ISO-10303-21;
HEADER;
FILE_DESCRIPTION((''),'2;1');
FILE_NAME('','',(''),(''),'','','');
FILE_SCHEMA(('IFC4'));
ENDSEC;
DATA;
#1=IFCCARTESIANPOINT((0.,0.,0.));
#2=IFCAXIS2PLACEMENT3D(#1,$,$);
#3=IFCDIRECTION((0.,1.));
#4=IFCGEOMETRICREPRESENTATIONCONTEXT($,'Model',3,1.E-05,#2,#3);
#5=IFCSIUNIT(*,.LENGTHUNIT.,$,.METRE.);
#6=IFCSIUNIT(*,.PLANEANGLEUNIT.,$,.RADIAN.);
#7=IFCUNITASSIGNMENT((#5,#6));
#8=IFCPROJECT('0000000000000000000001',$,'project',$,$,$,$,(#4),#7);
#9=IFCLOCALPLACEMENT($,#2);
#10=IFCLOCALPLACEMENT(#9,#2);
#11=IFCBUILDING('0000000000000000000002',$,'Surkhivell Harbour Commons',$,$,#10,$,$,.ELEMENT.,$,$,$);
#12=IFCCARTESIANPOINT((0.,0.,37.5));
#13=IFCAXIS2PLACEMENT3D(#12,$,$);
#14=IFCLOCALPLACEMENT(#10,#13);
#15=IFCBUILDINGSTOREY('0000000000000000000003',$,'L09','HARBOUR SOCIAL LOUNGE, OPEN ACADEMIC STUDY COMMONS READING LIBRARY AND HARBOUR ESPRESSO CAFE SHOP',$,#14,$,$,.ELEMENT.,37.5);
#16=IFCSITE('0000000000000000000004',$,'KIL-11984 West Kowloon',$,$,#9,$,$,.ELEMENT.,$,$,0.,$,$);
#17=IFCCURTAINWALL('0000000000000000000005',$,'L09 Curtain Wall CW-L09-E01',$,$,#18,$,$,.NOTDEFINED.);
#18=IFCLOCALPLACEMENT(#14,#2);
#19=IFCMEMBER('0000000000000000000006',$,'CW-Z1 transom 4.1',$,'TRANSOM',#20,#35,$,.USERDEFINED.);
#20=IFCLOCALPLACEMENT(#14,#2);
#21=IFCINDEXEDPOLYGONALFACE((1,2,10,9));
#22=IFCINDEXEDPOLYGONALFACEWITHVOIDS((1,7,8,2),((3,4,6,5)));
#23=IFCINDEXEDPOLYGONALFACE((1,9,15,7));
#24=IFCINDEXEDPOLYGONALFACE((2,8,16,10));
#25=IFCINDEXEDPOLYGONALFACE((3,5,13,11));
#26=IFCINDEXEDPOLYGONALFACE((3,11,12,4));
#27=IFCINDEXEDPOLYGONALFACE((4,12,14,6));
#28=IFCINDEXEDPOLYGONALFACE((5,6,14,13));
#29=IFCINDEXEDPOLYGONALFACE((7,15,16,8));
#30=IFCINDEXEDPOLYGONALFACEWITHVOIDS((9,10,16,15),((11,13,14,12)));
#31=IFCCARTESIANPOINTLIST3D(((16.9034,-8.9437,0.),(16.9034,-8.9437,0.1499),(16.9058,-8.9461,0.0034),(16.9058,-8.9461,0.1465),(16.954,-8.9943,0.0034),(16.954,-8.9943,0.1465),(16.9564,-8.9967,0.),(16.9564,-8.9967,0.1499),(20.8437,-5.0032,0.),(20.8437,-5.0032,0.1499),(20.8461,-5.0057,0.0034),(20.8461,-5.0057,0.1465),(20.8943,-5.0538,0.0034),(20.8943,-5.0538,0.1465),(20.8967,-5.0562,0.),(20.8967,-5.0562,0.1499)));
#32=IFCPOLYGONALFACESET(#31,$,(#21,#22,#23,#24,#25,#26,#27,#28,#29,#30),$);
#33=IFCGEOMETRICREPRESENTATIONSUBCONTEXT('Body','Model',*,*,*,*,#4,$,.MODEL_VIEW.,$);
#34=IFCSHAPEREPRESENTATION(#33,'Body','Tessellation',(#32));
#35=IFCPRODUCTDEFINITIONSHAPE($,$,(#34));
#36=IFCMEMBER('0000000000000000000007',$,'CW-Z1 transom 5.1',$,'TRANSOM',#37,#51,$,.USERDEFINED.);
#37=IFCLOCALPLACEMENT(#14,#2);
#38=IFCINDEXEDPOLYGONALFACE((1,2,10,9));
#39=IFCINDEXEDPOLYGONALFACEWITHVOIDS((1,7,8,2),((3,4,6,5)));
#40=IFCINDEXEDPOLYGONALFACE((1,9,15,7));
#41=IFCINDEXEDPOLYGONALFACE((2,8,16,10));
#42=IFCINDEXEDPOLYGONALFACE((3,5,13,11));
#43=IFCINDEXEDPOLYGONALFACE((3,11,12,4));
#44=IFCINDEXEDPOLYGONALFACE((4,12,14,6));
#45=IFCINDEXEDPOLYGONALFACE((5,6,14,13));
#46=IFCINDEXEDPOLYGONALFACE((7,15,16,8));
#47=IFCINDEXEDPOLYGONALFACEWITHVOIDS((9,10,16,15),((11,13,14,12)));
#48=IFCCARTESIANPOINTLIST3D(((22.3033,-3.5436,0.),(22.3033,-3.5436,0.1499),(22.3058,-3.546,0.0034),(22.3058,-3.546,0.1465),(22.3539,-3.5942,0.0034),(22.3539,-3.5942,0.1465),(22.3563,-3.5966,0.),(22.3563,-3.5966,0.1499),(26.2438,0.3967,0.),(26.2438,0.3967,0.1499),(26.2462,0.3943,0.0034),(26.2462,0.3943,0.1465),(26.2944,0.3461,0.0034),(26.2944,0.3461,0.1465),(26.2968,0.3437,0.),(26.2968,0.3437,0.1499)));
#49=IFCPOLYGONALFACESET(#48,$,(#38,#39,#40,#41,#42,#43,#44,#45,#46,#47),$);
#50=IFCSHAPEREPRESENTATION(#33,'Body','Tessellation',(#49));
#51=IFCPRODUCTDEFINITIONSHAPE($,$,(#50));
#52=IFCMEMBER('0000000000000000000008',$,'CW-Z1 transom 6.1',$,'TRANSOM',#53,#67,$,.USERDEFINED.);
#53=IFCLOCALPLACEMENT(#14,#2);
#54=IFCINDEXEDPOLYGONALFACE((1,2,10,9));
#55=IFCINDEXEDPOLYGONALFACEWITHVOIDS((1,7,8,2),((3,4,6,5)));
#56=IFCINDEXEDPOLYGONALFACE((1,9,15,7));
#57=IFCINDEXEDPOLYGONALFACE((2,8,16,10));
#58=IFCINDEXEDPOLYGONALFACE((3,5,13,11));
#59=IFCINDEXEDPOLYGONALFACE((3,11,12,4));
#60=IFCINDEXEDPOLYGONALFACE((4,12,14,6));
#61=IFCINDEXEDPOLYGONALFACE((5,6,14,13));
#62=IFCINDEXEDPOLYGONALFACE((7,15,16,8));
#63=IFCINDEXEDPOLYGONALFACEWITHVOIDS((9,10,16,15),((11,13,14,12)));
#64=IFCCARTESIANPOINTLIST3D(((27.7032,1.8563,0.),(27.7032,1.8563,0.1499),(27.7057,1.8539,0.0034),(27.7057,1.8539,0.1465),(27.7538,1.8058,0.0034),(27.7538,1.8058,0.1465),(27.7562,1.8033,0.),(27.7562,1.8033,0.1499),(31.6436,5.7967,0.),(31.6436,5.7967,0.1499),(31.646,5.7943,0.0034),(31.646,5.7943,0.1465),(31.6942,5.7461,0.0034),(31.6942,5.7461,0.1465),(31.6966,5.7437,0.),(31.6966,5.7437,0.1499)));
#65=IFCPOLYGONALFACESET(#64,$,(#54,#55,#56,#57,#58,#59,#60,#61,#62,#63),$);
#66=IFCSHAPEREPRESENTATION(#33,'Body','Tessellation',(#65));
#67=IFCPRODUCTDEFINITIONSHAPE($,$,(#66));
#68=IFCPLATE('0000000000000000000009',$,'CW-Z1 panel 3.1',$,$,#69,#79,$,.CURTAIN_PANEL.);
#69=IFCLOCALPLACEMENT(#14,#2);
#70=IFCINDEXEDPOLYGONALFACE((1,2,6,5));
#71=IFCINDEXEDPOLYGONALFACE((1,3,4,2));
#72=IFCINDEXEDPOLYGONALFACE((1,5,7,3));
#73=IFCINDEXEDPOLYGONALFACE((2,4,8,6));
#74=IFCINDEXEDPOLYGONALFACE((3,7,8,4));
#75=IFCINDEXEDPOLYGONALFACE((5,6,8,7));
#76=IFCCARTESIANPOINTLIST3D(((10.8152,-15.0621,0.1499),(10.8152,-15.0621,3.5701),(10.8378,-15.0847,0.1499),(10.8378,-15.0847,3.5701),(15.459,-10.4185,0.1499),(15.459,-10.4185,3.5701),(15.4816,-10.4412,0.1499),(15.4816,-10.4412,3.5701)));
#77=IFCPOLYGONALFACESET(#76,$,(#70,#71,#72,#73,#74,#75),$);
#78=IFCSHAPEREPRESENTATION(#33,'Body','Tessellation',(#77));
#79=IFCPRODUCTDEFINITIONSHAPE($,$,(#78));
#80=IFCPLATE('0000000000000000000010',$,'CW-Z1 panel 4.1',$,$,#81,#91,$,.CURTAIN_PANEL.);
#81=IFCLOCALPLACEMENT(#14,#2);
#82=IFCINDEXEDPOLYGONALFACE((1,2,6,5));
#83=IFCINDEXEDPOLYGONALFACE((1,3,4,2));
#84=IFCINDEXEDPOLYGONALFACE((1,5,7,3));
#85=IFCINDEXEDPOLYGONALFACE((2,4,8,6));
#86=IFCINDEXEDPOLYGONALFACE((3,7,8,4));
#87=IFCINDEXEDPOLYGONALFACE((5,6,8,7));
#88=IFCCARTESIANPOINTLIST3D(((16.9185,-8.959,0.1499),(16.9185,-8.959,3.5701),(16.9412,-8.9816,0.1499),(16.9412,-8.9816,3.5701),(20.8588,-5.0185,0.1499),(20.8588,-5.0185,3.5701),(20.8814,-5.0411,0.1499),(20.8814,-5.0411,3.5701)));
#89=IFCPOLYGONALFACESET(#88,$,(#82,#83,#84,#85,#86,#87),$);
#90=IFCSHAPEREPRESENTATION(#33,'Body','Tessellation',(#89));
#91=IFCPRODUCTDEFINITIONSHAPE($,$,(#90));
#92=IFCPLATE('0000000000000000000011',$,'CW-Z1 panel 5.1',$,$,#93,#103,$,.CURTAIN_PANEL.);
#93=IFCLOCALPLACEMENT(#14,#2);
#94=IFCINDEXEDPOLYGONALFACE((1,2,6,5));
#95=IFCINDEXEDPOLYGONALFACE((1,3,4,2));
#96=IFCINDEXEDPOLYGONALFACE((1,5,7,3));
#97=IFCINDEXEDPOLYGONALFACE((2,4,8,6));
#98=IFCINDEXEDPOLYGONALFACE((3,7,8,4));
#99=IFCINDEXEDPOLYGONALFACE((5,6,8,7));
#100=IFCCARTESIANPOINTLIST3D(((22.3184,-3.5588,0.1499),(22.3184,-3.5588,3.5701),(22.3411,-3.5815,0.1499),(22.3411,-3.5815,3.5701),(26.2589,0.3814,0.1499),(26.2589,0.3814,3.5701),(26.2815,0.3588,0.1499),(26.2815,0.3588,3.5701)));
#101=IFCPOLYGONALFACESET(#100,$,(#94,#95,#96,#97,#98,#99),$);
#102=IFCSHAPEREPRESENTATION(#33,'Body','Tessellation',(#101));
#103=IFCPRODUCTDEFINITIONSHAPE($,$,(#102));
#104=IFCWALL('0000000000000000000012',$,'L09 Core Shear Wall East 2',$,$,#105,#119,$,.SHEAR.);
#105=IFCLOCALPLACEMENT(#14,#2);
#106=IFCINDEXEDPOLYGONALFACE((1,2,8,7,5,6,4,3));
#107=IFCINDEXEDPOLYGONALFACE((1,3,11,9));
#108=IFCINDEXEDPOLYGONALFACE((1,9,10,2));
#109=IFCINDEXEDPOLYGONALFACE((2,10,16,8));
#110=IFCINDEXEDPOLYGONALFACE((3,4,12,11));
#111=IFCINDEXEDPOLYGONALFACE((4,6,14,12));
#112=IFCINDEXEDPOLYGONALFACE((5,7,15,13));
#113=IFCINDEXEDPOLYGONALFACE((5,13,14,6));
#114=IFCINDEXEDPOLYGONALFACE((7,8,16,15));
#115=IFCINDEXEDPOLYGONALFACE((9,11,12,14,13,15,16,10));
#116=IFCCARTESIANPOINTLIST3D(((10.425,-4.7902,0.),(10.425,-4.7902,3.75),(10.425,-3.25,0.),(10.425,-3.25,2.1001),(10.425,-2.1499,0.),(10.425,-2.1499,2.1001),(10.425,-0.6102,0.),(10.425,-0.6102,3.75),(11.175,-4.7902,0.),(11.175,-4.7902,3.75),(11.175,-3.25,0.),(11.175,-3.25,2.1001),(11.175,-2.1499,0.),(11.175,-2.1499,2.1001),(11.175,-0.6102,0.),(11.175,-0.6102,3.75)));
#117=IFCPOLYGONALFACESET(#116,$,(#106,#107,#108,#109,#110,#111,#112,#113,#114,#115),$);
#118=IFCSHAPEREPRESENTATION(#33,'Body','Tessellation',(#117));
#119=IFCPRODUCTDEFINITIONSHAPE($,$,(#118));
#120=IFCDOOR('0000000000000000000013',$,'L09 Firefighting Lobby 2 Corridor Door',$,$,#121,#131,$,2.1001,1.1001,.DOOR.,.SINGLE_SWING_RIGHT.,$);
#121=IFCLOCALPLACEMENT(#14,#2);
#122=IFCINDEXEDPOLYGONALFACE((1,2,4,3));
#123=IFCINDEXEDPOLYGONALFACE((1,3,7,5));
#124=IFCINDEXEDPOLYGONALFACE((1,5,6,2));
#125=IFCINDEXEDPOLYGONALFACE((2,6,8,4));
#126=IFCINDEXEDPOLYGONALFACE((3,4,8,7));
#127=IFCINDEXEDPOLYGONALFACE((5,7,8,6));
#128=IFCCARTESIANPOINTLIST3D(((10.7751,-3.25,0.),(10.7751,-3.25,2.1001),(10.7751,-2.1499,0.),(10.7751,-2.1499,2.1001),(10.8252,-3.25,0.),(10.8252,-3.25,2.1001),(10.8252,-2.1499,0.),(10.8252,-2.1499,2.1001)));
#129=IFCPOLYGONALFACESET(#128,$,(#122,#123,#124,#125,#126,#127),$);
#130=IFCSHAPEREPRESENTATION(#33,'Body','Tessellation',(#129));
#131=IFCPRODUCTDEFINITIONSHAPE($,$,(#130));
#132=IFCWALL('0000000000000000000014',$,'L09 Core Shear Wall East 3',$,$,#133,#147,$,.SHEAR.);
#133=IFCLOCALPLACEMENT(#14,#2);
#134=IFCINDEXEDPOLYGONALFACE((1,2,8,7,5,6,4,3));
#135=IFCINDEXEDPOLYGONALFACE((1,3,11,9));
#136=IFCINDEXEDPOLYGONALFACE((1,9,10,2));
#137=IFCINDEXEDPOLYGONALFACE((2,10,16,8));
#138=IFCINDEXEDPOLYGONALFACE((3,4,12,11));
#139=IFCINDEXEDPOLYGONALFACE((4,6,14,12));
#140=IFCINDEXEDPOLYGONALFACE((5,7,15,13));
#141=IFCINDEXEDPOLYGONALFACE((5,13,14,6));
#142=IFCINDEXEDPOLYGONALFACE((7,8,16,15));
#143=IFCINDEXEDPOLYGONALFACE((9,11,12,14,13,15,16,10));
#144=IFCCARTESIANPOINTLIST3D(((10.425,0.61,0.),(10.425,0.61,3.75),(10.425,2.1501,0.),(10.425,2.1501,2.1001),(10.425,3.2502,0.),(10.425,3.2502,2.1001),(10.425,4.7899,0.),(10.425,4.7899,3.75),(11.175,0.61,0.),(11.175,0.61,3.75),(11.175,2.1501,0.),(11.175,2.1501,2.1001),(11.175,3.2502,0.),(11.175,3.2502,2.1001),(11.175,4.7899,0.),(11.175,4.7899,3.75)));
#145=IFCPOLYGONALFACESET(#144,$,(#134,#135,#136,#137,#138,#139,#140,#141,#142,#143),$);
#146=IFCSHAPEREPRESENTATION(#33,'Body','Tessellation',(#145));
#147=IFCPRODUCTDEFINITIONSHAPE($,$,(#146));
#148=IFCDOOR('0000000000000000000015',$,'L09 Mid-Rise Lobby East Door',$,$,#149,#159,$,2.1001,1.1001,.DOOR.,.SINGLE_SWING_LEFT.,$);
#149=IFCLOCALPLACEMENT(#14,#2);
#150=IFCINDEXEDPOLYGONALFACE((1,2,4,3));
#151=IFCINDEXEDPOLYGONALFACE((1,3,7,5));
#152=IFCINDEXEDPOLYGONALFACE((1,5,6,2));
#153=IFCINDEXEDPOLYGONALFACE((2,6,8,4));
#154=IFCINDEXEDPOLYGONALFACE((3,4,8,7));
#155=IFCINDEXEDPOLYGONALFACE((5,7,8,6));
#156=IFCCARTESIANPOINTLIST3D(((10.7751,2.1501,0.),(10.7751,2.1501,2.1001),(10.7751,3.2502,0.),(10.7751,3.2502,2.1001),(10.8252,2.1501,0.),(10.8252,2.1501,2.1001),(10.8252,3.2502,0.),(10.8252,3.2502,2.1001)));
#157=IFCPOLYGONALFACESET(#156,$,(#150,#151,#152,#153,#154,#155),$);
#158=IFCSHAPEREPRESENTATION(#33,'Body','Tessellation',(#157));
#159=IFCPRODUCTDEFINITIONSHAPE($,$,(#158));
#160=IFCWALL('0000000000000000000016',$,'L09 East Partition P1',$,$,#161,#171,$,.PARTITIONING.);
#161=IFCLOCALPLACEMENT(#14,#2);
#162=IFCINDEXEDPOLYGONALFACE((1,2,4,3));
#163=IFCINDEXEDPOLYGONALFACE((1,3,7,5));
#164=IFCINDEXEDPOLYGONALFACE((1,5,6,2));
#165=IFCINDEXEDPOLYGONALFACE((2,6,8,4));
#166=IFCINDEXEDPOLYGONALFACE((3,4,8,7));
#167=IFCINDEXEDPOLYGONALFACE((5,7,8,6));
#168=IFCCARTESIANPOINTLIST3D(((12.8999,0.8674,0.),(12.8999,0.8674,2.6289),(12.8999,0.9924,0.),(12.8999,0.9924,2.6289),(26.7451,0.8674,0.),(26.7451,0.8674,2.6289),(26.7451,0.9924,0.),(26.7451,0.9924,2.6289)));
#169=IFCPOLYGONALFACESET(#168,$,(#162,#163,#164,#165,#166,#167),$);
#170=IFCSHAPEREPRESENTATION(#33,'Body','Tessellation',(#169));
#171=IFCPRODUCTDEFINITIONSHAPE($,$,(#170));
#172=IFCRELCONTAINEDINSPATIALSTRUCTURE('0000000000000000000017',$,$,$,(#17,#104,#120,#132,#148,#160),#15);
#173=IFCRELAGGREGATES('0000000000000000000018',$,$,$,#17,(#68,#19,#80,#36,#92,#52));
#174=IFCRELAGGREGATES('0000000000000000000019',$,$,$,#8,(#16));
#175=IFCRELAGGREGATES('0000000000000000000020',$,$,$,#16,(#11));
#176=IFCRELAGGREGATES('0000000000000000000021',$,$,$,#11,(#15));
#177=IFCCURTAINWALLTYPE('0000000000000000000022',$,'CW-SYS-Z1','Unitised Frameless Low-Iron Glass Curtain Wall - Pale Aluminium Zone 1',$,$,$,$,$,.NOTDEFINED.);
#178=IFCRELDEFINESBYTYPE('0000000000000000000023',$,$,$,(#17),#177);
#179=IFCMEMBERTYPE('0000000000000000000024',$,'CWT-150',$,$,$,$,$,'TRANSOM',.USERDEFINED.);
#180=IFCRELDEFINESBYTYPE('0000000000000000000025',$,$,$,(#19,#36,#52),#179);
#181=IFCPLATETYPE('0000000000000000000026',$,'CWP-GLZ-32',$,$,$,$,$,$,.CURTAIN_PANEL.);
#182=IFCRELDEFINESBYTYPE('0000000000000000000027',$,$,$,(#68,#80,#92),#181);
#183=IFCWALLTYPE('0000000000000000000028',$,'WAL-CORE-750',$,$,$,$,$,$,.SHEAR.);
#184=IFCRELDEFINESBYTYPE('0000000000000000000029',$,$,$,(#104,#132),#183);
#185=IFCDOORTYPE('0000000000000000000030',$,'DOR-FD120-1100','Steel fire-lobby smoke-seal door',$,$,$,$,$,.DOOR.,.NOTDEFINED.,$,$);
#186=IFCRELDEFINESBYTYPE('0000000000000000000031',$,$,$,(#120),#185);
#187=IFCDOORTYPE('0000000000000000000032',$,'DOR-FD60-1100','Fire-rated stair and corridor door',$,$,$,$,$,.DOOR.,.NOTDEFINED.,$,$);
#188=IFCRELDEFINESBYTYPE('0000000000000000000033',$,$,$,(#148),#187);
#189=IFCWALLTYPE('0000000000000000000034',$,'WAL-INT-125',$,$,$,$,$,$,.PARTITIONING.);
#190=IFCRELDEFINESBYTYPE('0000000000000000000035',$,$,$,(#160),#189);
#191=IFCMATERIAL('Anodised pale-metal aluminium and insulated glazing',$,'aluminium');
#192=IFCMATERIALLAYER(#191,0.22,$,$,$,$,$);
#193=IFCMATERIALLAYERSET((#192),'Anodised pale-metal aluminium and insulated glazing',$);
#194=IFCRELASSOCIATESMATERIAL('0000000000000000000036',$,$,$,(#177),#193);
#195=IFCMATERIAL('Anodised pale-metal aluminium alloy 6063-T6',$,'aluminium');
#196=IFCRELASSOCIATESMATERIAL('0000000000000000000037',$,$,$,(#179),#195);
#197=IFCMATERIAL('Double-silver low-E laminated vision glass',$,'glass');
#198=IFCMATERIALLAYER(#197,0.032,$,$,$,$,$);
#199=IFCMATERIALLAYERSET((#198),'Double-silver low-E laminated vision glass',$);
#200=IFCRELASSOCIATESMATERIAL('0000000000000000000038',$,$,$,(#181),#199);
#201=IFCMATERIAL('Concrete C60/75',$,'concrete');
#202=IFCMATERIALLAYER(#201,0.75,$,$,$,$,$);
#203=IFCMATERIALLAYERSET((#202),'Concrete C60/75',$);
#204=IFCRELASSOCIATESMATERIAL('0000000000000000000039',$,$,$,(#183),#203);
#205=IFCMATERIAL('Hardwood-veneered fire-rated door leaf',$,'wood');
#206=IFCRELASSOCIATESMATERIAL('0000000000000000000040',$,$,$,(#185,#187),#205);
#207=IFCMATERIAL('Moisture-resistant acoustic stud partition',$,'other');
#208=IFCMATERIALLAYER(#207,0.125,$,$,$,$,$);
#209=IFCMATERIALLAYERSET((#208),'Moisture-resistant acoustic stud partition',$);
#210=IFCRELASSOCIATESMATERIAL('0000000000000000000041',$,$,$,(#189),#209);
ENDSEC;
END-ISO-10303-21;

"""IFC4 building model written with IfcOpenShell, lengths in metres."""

from ifc_helpers import new_model, si_unit, direction, frame, frame_2d, origin, origin_2d, place, context, subcontext, project, spatial, rectangle, hollow_rectangle, extrude, material, layer, layer_set, material_profile, profile_set, type_object, element, fill, aggregate, save


model = new_model("IFC4")

# Units and contexts
model_context = context("Model", 3, precision=1e-05, world=origin(), true_north=direction((0.0, 1.0)))
body_context = subcontext(model_context, "Body", "Model", "MODEL_VIEW")
ifc_project = project(units=[si_unit("LENGTHUNIT", "METRE"), si_unit("PLANEANGLEUNIT", "RADIAN")], contexts=[model_context])

# Site, building, storey
site_placement = place(None, origin())
site = spatial("IfcSite", under=ifc_project, at=site_placement, Name="KIL-11984 West Kowloon", CompositionType="ELEMENT", RefElevation=0.0)
building_placement = place(site_placement, origin())
building = spatial("IfcBuilding", under=site, at=building_placement, Name="Surkhivell Harbour Commons", CompositionType="ELEMENT")
storey_placement = place(building_placement, frame((0.0, 0.0, 37.5)))
storey = spatial("IfcBuildingStorey", under=building, at=storey_placement, Name="L09", Description="HARBOUR SOCIAL LOUNGE, OPEN ACADEMIC STUDY COMMONS READING LIBRARY AND HARBOUR ESPRESSO CAFE SHOP", CompositionType="ELEMENT", Elevation=37.5)

# Curtain wall, members, plates
ifc_material_1 = material(Name="Anodised pale-metal aluminium and insulated glazing", Category="aluminium")
ifc_layer_1 = layer(ifc_material_1, 0.22)
ifc_layer_set_1 = layer_set([ifc_layer_1], Name="Anodised pale-metal aluminium and insulated glazing")
curtain_wall_type = type_object("IfcCurtainWallType", Name="CW-SYS-Z1", Description="Unitised Frameless Low-Iron Glass Curtain Wall - Pale Aluminium Zone 1", PredefinedType="NOTDEFINED", material=ifc_layer_set_1)
curtain_wall_placement = place(storey_placement, origin())
curtain_wall = element("IfcCurtainWall", 1, at=curtain_wall_placement, inside=storey, type_object=curtain_wall_type, Name="L09 Curtain Wall CW-L09-E01", PredefinedType="NOTDEFINED")
ifc_material_2 = material(Name="Anodised pale-metal aluminium alloy 6063-T6", Category="aluminium")
ifc_material_profile_1 = material_profile(ifc_material_2, hollow_rectangle(XDim=0.075, YDim=0.1499, WallThickness=0.0034, at=origin_2d()), Name="ALU-TRAN-75x150")
ifc_profile_set_1 = profile_set([ifc_material_profile_1], Name="Anodised pale-metal aluminium alloy 6063-T6")
member_type_1 = type_object("IfcMemberType", Name="CWT-150", ElementType="TRANSOM", PredefinedType="USERDEFINED", material=ifc_profile_set_1)
member_1_placement = place(storey_placement, frame((16.9299, -8.9702, 0.075), z_axis=(0.707085, 0.707129, 0.0), x_axis=(-0.707129, 0.707085, 0.0)))
member_1 = element("IfcMember", 2, at=member_1_placement, type_object=member_type_1, Name="CW-Z1 transom 4.1", ObjectType="TRANSOM", PredefinedType="USERDEFINED", context=body_context, shape_type="SweptSolid", body=[
    extrude(hollow_rectangle(XDim=0.075, YDim=0.1499, WallThickness=0.0034, at=origin_2d()), origin(), (0.0, 0.0, 1.0), 5.5725),
])
member_2_placement = place(storey_placement, frame((22.3298, -3.5701, 0.075), z_axis=(0.707129, 0.707085, 0.0), x_axis=(-0.707085, 0.707129, 0.0)))
member_2 = element("IfcMember", 3, at=member_2_placement, type_object=member_type_1, Name="CW-Z1 transom 5.1", ObjectType="TRANSOM", PredefinedType="USERDEFINED", context=body_context, shape_type="SweptSolid", body=[
    extrude(hollow_rectangle(XDim=0.075, YDim=0.1499, WallThickness=0.0034, at=origin_2d()), origin(), (0.0, 0.0, 1.0), 5.5725),
])
member_3_placement = place(storey_placement, frame((27.7297, 1.8298, 0.075), z_axis=(0.707107, 0.707107, 0.0), x_axis=(-0.707107, 0.707107, 0.0)))
member_3 = element("IfcMember", 4, at=member_3_placement, type_object=member_type_1, Name="CW-Z1 transom 6.1", ObjectType="TRANSOM", PredefinedType="USERDEFINED", context=body_context, shape_type="SweptSolid", body=[
    extrude(hollow_rectangle(XDim=0.075, YDim=0.1499, WallThickness=0.0034, at=origin_2d()), origin(), (0.0, 0.0, 1.0), 5.5725),
])
ifc_material_3 = material(Name="Double-silver low-E laminated vision glass", Category="glass")
ifc_layer_2 = layer(ifc_material_3, 0.032)
ifc_layer_set_2 = layer_set([ifc_layer_2], Name="Double-silver low-E laminated vision glass")
plate_type = type_object("IfcPlateType", Name="CWP-GLZ-32", PredefinedType="CURTAIN_PANEL", material=ifc_layer_set_2)
plate_1_placement = place(storey_placement, frame((10.8264, -15.0735, 0.1499), z_axis=(0.0, 0.0, 1.0), x_axis=(0.707125, 0.707088, 0.0)))
plate_1 = element("IfcPlate", 5, at=plate_1_placement, type_object=plate_type, Name="CW-Z1 panel 3.1", PredefinedType="CURTAIN_PANEL", context=body_context, shape_type="SweptSolid", body=[
    extrude(rectangle(XDim=6.5671, YDim=0.032, at=frame_2d((3.2837, 0.0))), origin(), (0.0, 0.0, 1.0), 3.4202),
])
plate_2_placement = place(storey_placement, frame((16.9299, -8.9702, 0.1499), z_axis=(0.0, 0.0, 1.0), x_axis=(0.707085, 0.707129, 0.0)))
plate_2 = element("IfcPlate", 6, at=plate_2_placement, type_object=plate_type, Name="CW-Z1 panel 4.1", PredefinedType="CURTAIN_PANEL", context=body_context, shape_type="SweptSolid", body=[
    extrude(rectangle(XDim=5.5725, YDim=0.032, at=frame_2d((2.7861, 0.0))), origin(), (0.0, 0.0, 1.0), 3.4202),
])
plate_3_placement = place(storey_placement, frame((22.3298, -3.5701, 0.1499), z_axis=(0.0, 0.0, 1.0), x_axis=(0.707129, 0.707085, 0.0)))
plate_3 = element("IfcPlate", 7, at=plate_3_placement, type_object=plate_type, Name="CW-Z1 panel 5.1", PredefinedType="CURTAIN_PANEL", context=body_context, shape_type="SweptSolid", body=[
    extrude(rectangle(XDim=5.5725, YDim=0.032, at=frame_2d((2.7861, 0.0))), origin(), (0.0, 0.0, 1.0), 3.4202),
])
aggregate(curtain_wall, [plate_1, member_1, plate_2, member_2, plate_3, member_3])

# Walls, openings, doors
ifc_material_4 = material(Name="Concrete C60/75", Category="concrete")
ifc_layer_3 = layer(ifc_material_4, 0.75)
ifc_layer_set_3 = layer_set([ifc_layer_3], Name="Concrete C60/75")
wall_type_1 = type_object("IfcWallType", Name="WAL-CORE-750", PredefinedType="SHEAR", material=ifc_layer_set_3)
wall_1_placement = place(storey_placement, frame((10.8, -4.79, 0.0), z_axis=(0.0, 0.0, 1.0), x_axis=(0.0, 1.0, 0.0)))
wall_1 = element("IfcWall", 8, at=wall_1_placement, inside=storey, type_object=wall_type_1, Name="L09 Core Shear Wall East 2", PredefinedType="SHEAR", context=body_context, shape_type="SweptSolid", body=[
    extrude(rectangle(XDim=4.1799, YDim=0.75, at=frame_2d((2.0898, 0.0))), origin(), (0.0, 0.0, 1.0), 3.75),
])
opening_1_placement = place(wall_1_placement, frame((1.54, 0.0, 0.0)))
opening_1 = element("IfcOpeningElement", 9, at=opening_1_placement, cuts=wall_1, PredefinedType="OPENING", context=body_context, shape_type="SweptSolid", body=[
    extrude(rectangle(XDim=1.1001, YDim=2.1001, at=frame_2d((0.55, 1.05))), frame((0.0, 0.385, 0.0), z_axis=(0.0, -1.0, 0.0), x_axis=(1.0, 0.0, 0.0)), (0.0, 0.0, 1.0), 0.77),
])
ifc_material_5 = material(Name="Hardwood-veneered fire-rated door leaf", Category="wood")
door_type_1 = type_object("IfcDoorType", Name="DOR-FD120-1100", Description="Steel fire-lobby smoke-seal door", OperationType="NOTDEFINED", PredefinedType="DOOR", material=ifc_material_5)
door_1_placement = place(opening_1_placement, origin())
door_1 = element("IfcDoor", 10, at=door_1_placement, inside=storey, type_object=door_type_1, Name="L09 Firefighting Lobby 2 Corridor Door", OperationType="SINGLE_SWING_RIGHT", OverallHeight=2.1001, OverallWidth=1.1001, PredefinedType="DOOR", context=body_context, shape_type="SweptSolid", body=[
    extrude(rectangle(XDim=1.1001, YDim=2.1001, at=frame_2d((0.55, 1.05))), frame((0.0, 0.0249, 0.0), z_axis=(0.0, -1.0, 0.0), x_axis=(1.0, 0.0, 0.0)), (0.0, 0.0, 1.0), 0.05),
])
fill(opening_1, door_1)
wall_2_placement = place(storey_placement, frame((10.8, 0.6101, 0.0), z_axis=(0.0, 0.0, 1.0), x_axis=(0.0, 1.0, 0.0)))
wall_2 = element("IfcWall", 11, at=wall_2_placement, inside=storey, type_object=wall_type_1, Name="L09 Core Shear Wall East 3", PredefinedType="SHEAR", context=body_context, shape_type="SweptSolid", body=[
    extrude(rectangle(XDim=4.1799, YDim=0.75, at=frame_2d((2.0898, 0.0))), origin(), (0.0, 0.0, 1.0), 3.75),
])
opening_2_placement = place(wall_2_placement, frame((1.54, 0.0, 0.0)))
opening_2 = element("IfcOpeningElement", 12, at=opening_2_placement, cuts=wall_2, PredefinedType="OPENING", context=body_context, shape_type="SweptSolid", body=[
    extrude(rectangle(XDim=1.1001, YDim=2.1001, at=frame_2d((0.55, 1.05))), frame((0.0, 0.385, 0.0), z_axis=(0.0, -1.0, 0.0), x_axis=(1.0, 0.0, 0.0)), (0.0, 0.0, 1.0), 0.77),
])
door_type_2 = type_object("IfcDoorType", Name="DOR-FD60-1100", Description="Fire-rated stair and corridor door", OperationType="NOTDEFINED", PredefinedType="DOOR", material=ifc_material_5)
door_2_placement = place(opening_2_placement, origin())
door_2 = element("IfcDoor", 13, at=door_2_placement, inside=storey, type_object=door_type_2, Name="L09 Mid-Rise Lobby East Door", OperationType="SINGLE_SWING_LEFT", OverallHeight=2.1001, OverallWidth=1.1001, PredefinedType="DOOR", context=body_context, shape_type="SweptSolid", body=[
    extrude(rectangle(XDim=1.1001, YDim=2.1001, at=frame_2d((0.55, 1.05))), frame((0.0, 0.0249, 0.0), z_axis=(0.0, -1.0, 0.0), x_axis=(1.0, 0.0, 0.0)), (0.0, 0.0, 1.0), 0.05),
])
fill(opening_2, door_2)

# Wall
ifc_material_6 = material(Name="Moisture-resistant acoustic stud partition", Category="other")
ifc_layer_4 = layer(ifc_material_6, 0.125)
ifc_layer_set_4 = layer_set([ifc_layer_4], Name="Moisture-resistant acoustic stud partition")
wall_type_2 = type_object("IfcWallType", Name="WAL-INT-125", PredefinedType="PARTITIONING", material=ifc_layer_set_4)
wall_3_placement = place(storey_placement, frame((12.8999, 0.9299, 0.0), z_axis=(0.0, 0.0, 1.0), x_axis=(1.0, 0.0, 0.0)))
element("IfcWall", 14, at=wall_3_placement, inside=storey, type_object=wall_type_2, Name="L09 East Partition P1", PredefinedType="PARTITIONING", context=body_context, shape_type="SweptSolid", body=[
    extrude(rectangle(XDim=13.8452, YDim=0.125, at=frame_2d((6.9226, 0.0))), origin(), (0.0, 0.0, 1.0), 2.6289),
])

save(model, "model.ifc")
